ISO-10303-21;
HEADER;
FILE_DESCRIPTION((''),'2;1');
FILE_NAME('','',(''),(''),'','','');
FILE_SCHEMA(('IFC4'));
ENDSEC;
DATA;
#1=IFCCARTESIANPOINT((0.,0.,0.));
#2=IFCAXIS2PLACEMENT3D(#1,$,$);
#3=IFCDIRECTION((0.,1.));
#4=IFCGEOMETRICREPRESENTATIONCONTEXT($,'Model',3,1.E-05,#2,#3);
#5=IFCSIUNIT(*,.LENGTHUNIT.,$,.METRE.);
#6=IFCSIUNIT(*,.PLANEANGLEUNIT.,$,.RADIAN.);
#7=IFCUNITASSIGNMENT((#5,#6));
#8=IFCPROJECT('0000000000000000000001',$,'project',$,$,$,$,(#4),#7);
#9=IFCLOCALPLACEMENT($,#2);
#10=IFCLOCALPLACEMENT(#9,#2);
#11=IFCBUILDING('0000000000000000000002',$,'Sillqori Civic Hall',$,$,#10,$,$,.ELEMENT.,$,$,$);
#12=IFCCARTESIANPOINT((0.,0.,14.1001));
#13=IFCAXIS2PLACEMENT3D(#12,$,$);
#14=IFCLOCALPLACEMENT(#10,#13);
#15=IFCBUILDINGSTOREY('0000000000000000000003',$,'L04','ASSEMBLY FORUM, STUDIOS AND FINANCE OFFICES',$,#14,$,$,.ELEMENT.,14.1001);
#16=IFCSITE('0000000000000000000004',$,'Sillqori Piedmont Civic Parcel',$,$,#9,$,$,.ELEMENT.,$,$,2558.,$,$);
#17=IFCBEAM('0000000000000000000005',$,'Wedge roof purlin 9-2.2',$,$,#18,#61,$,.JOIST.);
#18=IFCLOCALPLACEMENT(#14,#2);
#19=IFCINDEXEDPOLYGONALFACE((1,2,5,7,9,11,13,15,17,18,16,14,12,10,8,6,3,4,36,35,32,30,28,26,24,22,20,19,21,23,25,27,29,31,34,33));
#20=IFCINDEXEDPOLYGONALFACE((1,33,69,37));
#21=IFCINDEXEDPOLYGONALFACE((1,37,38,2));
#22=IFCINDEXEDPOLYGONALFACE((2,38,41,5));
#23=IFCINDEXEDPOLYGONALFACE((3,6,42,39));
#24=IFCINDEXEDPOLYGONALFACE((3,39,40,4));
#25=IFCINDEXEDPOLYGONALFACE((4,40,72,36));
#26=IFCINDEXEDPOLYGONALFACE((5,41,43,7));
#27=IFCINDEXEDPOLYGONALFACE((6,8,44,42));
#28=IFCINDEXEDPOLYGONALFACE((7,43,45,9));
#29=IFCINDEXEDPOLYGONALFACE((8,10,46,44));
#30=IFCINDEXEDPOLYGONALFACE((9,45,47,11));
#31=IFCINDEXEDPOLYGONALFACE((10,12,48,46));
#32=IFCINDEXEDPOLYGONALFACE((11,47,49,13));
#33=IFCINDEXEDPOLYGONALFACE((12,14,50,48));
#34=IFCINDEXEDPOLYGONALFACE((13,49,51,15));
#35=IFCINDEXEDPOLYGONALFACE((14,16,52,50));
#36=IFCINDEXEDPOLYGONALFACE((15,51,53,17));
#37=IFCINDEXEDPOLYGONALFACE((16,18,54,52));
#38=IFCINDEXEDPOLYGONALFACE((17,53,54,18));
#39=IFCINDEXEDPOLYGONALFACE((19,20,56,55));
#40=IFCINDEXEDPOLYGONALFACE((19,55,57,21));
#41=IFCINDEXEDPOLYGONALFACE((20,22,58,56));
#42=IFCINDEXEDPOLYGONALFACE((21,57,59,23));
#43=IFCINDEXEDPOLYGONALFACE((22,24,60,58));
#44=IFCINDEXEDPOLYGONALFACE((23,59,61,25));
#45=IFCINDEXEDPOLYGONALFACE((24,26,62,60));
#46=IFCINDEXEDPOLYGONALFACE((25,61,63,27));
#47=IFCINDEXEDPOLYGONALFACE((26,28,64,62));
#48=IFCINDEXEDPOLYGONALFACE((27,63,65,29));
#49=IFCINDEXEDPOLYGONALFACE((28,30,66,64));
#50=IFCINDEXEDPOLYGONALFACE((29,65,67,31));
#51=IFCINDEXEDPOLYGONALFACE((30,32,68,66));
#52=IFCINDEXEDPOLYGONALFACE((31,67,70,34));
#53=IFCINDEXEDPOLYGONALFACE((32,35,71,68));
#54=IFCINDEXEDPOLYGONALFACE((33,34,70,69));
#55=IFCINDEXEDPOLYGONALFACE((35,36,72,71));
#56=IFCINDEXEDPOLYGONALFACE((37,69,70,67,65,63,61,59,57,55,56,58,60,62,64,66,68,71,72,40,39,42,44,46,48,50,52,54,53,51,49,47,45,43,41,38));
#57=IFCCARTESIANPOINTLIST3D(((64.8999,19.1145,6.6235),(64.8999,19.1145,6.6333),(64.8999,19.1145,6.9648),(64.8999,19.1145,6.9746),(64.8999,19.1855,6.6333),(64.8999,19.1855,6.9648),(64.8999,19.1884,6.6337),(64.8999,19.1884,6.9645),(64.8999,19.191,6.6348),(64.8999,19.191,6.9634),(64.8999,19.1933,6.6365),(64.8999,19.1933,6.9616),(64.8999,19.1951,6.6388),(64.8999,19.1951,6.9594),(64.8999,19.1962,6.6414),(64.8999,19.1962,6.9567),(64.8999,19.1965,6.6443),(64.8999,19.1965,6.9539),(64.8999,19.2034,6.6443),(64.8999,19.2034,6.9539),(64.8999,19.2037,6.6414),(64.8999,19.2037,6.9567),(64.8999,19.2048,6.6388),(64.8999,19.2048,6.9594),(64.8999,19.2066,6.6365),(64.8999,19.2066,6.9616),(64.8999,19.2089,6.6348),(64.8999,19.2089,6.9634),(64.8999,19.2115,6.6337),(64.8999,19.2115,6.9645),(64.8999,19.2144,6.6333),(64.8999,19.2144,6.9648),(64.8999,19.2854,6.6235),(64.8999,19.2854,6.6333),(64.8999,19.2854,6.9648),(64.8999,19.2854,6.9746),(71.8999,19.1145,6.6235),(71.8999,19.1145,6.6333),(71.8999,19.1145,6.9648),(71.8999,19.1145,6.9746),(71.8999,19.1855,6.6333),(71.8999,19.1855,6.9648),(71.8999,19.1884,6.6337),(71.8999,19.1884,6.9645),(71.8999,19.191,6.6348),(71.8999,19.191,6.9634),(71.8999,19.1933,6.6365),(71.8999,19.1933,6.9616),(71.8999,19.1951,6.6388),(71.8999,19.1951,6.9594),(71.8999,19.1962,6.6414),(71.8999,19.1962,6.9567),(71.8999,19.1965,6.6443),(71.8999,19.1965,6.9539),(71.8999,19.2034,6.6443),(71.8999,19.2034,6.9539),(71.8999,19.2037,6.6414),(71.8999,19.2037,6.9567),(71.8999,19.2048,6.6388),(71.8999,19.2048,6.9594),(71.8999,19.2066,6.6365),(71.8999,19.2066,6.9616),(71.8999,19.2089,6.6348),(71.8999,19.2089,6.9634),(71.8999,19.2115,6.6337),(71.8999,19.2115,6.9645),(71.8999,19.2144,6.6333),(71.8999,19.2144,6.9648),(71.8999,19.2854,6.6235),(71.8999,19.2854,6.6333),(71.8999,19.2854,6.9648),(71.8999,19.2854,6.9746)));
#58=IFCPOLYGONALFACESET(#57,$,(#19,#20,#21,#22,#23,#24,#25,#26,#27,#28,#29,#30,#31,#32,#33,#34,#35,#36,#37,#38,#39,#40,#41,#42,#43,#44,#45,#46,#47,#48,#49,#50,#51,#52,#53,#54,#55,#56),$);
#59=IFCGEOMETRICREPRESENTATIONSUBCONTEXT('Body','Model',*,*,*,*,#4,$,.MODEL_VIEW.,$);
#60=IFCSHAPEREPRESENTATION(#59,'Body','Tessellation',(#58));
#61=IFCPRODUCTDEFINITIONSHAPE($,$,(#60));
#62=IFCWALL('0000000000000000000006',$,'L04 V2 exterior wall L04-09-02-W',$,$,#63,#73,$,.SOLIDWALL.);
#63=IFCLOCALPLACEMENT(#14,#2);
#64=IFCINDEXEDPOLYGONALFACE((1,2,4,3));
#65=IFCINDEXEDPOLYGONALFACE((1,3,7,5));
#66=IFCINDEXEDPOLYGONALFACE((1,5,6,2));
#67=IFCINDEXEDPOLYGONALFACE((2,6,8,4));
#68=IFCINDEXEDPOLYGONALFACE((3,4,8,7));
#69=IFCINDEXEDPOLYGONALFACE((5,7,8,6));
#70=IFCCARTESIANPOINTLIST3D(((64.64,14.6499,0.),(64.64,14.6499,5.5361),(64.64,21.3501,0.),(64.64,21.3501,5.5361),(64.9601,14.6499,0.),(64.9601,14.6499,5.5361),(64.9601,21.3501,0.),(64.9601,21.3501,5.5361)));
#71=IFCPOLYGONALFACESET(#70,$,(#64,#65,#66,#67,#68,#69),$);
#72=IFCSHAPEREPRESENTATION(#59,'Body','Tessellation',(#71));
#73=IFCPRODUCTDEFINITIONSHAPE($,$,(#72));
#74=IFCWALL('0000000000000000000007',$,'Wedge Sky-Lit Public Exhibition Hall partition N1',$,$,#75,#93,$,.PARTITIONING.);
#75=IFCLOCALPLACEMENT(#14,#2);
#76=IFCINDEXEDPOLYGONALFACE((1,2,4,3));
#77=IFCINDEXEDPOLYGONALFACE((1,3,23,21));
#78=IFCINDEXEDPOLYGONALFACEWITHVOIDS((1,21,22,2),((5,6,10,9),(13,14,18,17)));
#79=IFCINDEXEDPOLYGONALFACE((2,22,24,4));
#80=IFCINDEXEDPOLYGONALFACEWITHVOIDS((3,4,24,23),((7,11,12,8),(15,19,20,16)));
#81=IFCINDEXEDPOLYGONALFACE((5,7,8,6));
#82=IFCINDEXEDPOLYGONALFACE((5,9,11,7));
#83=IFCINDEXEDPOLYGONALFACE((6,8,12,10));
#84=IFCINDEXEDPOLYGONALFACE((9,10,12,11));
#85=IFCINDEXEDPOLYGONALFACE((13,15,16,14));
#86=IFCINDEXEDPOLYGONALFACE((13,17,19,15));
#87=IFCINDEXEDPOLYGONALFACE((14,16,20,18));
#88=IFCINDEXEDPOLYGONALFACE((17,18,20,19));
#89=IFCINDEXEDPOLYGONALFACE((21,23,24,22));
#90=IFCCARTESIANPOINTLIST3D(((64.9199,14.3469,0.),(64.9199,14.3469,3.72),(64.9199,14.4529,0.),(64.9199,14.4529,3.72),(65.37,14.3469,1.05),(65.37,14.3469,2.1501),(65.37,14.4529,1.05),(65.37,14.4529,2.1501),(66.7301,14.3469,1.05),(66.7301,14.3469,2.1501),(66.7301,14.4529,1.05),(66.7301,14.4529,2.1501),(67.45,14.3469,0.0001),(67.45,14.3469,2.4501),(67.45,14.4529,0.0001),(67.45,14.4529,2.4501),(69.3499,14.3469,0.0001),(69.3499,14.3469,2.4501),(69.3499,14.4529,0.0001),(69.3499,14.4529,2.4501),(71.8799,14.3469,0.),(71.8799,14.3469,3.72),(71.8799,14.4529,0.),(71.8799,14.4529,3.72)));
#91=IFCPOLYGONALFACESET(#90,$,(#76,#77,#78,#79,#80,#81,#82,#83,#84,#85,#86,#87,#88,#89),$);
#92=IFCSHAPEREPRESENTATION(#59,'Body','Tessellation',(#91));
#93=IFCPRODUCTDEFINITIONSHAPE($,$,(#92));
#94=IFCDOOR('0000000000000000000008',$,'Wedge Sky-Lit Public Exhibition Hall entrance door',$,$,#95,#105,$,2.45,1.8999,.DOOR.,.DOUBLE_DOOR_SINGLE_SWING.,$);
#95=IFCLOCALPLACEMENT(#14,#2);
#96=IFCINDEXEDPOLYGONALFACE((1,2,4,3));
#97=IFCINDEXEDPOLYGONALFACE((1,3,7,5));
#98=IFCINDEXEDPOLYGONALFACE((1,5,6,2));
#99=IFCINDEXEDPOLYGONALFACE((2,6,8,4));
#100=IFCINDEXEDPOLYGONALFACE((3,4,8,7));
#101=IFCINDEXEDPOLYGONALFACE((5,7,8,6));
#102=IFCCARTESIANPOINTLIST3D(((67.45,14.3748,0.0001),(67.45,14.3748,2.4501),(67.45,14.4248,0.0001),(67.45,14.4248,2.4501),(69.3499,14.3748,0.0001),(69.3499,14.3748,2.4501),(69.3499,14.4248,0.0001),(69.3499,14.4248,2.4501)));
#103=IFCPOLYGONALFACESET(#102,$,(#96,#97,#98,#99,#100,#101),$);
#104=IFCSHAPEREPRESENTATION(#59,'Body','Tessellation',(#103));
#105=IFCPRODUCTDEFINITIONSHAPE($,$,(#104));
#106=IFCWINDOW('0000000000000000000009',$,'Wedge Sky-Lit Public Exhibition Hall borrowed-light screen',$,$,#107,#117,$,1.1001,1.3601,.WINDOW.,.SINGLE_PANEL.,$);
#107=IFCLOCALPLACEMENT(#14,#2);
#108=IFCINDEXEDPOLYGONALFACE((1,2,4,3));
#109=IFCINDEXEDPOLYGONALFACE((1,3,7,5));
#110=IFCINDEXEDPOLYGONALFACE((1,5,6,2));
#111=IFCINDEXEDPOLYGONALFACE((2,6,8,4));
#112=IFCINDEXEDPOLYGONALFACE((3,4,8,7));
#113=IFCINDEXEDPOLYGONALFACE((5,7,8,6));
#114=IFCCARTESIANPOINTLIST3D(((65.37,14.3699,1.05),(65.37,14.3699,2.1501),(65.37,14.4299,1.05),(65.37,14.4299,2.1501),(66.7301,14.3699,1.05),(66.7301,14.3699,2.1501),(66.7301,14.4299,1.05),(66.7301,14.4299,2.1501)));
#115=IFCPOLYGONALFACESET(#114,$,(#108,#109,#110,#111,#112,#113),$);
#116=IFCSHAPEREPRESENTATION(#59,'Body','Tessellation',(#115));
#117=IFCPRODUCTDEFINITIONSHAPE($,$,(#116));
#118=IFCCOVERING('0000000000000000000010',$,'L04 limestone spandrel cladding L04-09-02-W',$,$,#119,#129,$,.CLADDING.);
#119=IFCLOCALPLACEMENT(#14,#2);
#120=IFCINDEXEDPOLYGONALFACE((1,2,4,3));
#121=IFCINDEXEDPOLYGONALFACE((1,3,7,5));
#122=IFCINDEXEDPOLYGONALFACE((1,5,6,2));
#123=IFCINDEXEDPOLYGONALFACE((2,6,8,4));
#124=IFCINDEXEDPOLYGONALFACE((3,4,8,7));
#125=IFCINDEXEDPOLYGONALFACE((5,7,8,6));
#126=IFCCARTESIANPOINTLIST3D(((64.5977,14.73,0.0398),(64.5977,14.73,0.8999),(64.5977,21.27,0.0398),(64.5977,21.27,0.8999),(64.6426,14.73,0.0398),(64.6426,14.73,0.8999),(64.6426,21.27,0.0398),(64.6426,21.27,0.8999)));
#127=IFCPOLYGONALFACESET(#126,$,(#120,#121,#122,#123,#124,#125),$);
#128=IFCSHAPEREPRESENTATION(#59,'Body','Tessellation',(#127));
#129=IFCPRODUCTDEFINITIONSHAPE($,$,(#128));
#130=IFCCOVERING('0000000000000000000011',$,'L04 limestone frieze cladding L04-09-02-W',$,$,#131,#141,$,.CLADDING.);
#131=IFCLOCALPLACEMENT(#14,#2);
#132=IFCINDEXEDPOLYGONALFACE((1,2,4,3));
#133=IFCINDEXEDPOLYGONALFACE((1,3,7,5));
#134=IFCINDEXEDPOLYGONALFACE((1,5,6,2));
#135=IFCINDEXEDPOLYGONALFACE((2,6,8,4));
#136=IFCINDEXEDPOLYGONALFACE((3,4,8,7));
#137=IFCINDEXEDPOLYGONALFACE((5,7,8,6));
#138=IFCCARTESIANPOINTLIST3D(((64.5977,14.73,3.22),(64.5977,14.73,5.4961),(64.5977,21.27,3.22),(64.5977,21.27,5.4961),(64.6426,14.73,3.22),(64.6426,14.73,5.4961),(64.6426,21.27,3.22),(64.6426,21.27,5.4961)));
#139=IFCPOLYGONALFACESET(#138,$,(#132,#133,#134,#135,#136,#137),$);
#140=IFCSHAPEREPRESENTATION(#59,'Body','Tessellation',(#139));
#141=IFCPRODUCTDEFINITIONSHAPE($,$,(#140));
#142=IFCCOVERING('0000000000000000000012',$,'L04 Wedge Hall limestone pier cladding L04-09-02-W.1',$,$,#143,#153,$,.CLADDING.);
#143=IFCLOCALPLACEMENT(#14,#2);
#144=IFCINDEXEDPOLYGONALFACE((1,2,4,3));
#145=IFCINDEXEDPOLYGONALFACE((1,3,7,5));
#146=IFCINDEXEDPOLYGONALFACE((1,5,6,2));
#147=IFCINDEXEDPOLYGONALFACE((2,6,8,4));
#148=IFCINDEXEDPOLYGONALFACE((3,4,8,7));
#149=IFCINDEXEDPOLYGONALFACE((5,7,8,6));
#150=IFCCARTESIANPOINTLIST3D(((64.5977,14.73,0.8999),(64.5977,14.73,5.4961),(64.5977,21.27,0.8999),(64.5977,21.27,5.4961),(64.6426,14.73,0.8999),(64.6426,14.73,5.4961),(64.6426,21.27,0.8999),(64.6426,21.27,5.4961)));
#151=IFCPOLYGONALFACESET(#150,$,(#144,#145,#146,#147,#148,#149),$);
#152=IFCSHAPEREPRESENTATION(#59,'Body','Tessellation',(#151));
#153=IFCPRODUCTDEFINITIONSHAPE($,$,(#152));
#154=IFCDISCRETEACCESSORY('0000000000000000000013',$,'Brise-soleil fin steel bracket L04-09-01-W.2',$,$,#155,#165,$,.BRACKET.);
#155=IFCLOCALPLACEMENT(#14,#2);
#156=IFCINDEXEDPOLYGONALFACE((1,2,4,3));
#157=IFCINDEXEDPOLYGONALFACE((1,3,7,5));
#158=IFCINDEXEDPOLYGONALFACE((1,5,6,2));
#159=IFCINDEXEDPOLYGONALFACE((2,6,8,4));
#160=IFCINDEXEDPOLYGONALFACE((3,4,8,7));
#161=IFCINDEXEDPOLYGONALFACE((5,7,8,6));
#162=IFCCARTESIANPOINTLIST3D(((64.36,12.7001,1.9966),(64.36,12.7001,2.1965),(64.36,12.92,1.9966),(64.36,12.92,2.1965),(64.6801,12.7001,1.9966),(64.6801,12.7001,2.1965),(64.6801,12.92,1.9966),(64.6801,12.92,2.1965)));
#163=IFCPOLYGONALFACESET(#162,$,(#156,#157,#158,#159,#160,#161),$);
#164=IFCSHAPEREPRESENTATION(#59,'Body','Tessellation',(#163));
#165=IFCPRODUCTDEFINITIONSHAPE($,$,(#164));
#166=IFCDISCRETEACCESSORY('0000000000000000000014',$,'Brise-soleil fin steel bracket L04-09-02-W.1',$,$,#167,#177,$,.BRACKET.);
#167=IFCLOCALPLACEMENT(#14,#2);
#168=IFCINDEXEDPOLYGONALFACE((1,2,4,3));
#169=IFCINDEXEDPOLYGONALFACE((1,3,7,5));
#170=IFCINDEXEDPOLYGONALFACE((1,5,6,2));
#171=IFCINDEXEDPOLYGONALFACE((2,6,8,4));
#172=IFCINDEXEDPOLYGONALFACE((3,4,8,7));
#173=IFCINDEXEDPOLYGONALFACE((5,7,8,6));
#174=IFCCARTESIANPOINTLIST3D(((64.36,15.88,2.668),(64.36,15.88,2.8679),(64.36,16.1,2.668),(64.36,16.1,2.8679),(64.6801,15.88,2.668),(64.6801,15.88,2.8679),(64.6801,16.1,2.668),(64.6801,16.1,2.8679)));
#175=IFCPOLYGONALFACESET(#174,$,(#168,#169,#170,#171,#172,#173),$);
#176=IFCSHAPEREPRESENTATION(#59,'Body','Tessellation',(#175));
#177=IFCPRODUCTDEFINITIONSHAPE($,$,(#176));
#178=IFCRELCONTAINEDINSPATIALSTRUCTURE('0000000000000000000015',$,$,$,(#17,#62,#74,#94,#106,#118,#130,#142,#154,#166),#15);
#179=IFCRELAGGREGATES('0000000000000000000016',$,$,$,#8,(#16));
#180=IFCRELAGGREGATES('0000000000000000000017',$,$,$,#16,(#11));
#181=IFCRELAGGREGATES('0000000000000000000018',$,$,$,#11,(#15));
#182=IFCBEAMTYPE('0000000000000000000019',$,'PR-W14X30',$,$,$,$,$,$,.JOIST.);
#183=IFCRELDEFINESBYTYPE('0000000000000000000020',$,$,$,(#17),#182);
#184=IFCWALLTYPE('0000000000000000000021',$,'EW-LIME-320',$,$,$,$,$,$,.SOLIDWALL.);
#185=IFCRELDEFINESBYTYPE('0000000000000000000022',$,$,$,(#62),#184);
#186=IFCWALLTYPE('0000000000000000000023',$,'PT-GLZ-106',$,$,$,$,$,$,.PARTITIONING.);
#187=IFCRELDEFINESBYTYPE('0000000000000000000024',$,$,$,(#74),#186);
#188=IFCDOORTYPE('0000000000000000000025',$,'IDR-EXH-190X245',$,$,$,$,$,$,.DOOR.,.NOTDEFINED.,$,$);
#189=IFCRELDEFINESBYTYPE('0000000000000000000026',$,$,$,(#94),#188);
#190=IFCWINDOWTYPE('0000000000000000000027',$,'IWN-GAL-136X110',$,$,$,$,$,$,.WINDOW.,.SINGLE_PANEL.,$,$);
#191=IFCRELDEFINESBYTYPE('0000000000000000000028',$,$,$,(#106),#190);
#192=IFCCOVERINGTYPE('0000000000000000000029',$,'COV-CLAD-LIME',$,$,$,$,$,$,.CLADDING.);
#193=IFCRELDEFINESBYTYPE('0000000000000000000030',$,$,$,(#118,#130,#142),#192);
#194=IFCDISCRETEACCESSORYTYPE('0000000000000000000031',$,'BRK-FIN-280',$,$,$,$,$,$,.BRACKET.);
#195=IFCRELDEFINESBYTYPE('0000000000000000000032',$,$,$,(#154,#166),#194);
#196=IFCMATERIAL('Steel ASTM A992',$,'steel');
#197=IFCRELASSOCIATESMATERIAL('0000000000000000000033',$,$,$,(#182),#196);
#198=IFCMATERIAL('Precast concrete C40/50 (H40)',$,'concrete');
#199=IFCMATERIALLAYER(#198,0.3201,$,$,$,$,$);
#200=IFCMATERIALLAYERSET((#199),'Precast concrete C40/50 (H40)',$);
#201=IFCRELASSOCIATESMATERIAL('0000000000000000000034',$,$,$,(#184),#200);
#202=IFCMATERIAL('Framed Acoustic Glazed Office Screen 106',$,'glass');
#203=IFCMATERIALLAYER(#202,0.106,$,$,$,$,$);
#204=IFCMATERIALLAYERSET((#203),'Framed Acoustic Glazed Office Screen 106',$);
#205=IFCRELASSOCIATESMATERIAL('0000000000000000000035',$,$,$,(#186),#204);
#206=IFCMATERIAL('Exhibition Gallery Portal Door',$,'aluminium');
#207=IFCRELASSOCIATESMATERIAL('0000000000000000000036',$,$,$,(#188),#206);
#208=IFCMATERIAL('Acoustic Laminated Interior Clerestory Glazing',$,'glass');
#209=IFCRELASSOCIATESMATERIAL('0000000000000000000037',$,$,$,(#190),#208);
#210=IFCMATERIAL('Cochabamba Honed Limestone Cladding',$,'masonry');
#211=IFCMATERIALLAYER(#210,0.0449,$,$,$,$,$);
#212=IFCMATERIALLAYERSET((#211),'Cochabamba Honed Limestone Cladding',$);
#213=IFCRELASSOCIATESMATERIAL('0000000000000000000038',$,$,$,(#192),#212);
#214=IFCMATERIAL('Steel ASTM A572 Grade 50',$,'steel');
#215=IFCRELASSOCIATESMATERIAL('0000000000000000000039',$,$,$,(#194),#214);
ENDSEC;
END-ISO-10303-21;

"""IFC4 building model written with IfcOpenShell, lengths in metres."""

from ifc_helpers import new_model, si_unit, direction, frame, frame_2d, origin, origin_2d, place, context, subcontext, project, spatial, rectangle, i_section, extrude, material, layer, layer_set, material_profile, profile_set, type_object, element, fill, save


model = new_model("IFC4")

# Units and contexts
model_context = context("Model", 3, precision=1e-05, world=origin(), true_north=direction((0.0, 1.0)))
body_context = subcontext(model_context, "Body", "Model", "MODEL_VIEW")
ifc_project = project(units=[si_unit("LENGTHUNIT", "METRE"), si_unit("PLANEANGLEUNIT", "RADIAN")], contexts=[model_context])

# Site, building, storey
site_placement = place(None, origin())
site = spatial("IfcSite", under=ifc_project, at=site_placement, Name="Sillqori Piedmont Civic Parcel", CompositionType="ELEMENT", RefElevation=2558.0)
building_placement = place(site_placement, origin())
building = spatial("IfcBuilding", under=site, at=building_placement, Name="Sillqori Civic Hall", CompositionType="ELEMENT")
storey_placement = place(building_placement, frame((0.0, 0.0, 14.1001)))
storey = spatial("IfcBuildingStorey", under=building, at=storey_placement, Name="L04", Description="ASSEMBLY FORUM, STUDIOS AND FINANCE OFFICES", CompositionType="ELEMENT", Elevation=14.1001)

# Beam
ifc_material_1 = material(Name="Steel ASTM A992", Category="steel")
ifc_material_profile_1 = material_profile(ifc_material_1, i_section(OverallWidth=0.1709, OverallDepth=0.3511, WebThickness=0.0068, FlangeThickness=0.0098, FilletRadius=0.011, at=origin_2d()), Name="W14X30")
ifc_profile_set_1 = profile_set([ifc_material_profile_1], Name="Steel ASTM A992")
beam_type_1 = type_object("IfcBeamType", Name="PR-W14X30", PredefinedType="JOIST", material=ifc_profile_set_1)
for number, where, z_axis, x_axis, name in (
    (1, (64.8999, 19.2, 6.7991), (1.0, 0.0, 0.0), (0.0, 1.0, 0.0), "Wedge roof purlin 9-2.2"),
):
    element("IfcBeam", number, at=place(storey_placement, frame(where, z_axis=z_axis, x_axis=x_axis)), inside=storey, type_object=beam_type_1, Name=name, PredefinedType="JOIST", context=body_context, shape_type="SweptSolid", body=[
        extrude(i_section(OverallWidth=0.1709, OverallDepth=0.3511, WebThickness=0.0068, FlangeThickness=0.0098, FilletRadius=0.011, at=origin_2d()), origin(), (0.0, 0.0, 1.0), 7.0),
    ])

# Wall
ifc_material_2 = material(Name="Precast concrete C40/50 (H40)", Category="concrete")
ifc_layer_1 = layer(ifc_material_2, 0.3201)
ifc_layer_set_1 = layer_set([ifc_layer_1], Name="Precast concrete C40/50 (H40)")
wall_type_1 = type_object("IfcWallType", Name="EW-LIME-320", PredefinedType="SOLIDWALL", material=ifc_layer_set_1)
wall_1_placement = place(storey_placement, frame((64.8, 14.6499, 0.0), z_axis=(0.0, 0.0, 1.0), x_axis=(0.0, 1.0, 0.0)))
element("IfcWall", 2, at=wall_1_placement, inside=storey, type_object=wall_type_1, Name="L04 V2 exterior wall L04-09-02-W", PredefinedType="SOLIDWALL", context=body_context, shape_type="SweptSolid", body=[
    extrude(rectangle(XDim=6.7002, YDim=0.3201, at=frame_2d((3.3501, 0.0))), origin(), (0.0, 0.0, 1.0), 5.5361),
])

# Wall, openings, door, window
ifc_material_3 = material(Name="Framed Acoustic Glazed Office Screen 106", Category="glass")
ifc_layer_2 = layer(ifc_material_3, 0.106)
ifc_layer_set_2 = layer_set([ifc_layer_2], Name="Framed Acoustic Glazed Office Screen 106")
wall_type_2 = type_object("IfcWallType", Name="PT-GLZ-106", PredefinedType="PARTITIONING", material=ifc_layer_set_2)
wall_2_placement = place(storey_placement, frame((64.9199, 14.3999, 0.0), z_axis=(0.0, 0.0, 1.0), x_axis=(1.0, 0.0, 0.0)))
wall_2 = element("IfcWall", 3, at=wall_2_placement, inside=storey, type_object=wall_type_2, Name="Wedge Sky-Lit Public Exhibition Hall partition N1", PredefinedType="PARTITIONING", context=body_context, shape_type="SweptSolid", body=[
    extrude(rectangle(XDim=6.96, YDim=0.106, at=frame_2d((3.48, 0.0))), origin(), (0.0, 0.0, 1.0), 3.72),
])
opening_1_placement = place(wall_2_placement, frame((2.53, 0.0, 0.0)))
opening_1 = element("IfcOpeningElement", 4, at=opening_1_placement, cuts=wall_2, PredefinedType="OPENING", context=body_context, shape_type="SweptSolid", body=[
    extrude(rectangle(XDim=1.8999, YDim=2.45, at=frame_2d((0.95, 1.2251))), frame((0.0, 0.063, 0.0), z_axis=(0.0, -1.0, 0.0), x_axis=(1.0, 0.0, 0.0)), (0.0, 0.0, 1.0), 0.126),
])
opening_2_placement = place(wall_2_placement, frame((0.45, 0.0, 1.05)))
opening_2 = element("IfcOpeningElement", 5, at=opening_2_placement, cuts=wall_2, PredefinedType="OPENING", context=body_context, shape_type="SweptSolid", body=[
    extrude(rectangle(XDim=1.3601, YDim=1.1001, at=frame_2d((0.6802, 0.55))), frame((0.0, 0.063, 0.0), z_axis=(0.0, -1.0, 0.0), x_axis=(1.0, 0.0, 0.0)), (0.0, 0.0, 1.0), 0.126),
])
ifc_material_4 = material(Name="Exhibition Gallery Portal Door", Category="aluminium")
door_type = type_object("IfcDoorType", Name="IDR-EXH-190X245", OperationType="NOTDEFINED", PredefinedType="DOOR", material=ifc_material_4)
door_placement = place(opening_1_placement, origin())
door = element("IfcDoor", 6, at=door_placement, inside=storey, type_object=door_type, Name="Wedge Sky-Lit Public Exhibition Hall entrance door", OperationType="DOUBLE_DOOR_SINGLE_SWING", OverallHeight=2.45, OverallWidth=1.8999, PredefinedType="DOOR", context=body_context, shape_type="SweptSolid", body=[
    extrude(rectangle(XDim=1.8999, YDim=2.45, at=frame_2d((0.95, 1.2251))), frame((0.0, 0.0249, 0.0), z_axis=(0.0, -1.0, 0.0), x_axis=(1.0, 0.0, 0.0)), (0.0, 0.0, 1.0), 0.05),
])
fill(opening_1, door)
ifc_material_5 = material(Name="Acoustic Laminated Interior Clerestory Glazing", Category="glass")
window_type = type_object("IfcWindowType", Name="IWN-GAL-136X110", PartitioningType="SINGLE_PANEL", PredefinedType="WINDOW", material=ifc_material_5)
window_placement = place(opening_2_placement, origin())
window = element("IfcWindow", 7, at=window_placement, inside=storey, type_object=window_type, Name="Wedge Sky-Lit Public Exhibition Hall borrowed-light screen", OverallHeight=1.1001, OverallWidth=1.3601, PartitioningType="SINGLE_PANEL", PredefinedType="WINDOW", context=body_context, shape_type="SweptSolid", body=[
    extrude(rectangle(XDim=1.3601, YDim=1.1001, at=frame_2d((0.6802, 0.55))), frame((0.0, 0.03, 0.0), z_axis=(0.0, -1.0, 0.0), x_axis=(1.0, 0.0, 0.0)), (0.0, 0.0, 1.0), 0.0601),
])
fill(opening_2, window)

# Coverings
ifc_material_6 = material(Name="Cochabamba Honed Limestone Cladding", Category="masonry")
ifc_layer_3 = layer(ifc_material_6, 0.0449)
ifc_layer_set_3 = layer_set([ifc_layer_3], Name="Cochabamba Honed Limestone Cladding")
covering_type = type_object("IfcCoveringType", Name="COV-CLAD-LIME", PredefinedType="CLADDING", material=ifc_layer_set_3)
covering_1_placement = place(storey_placement, frame((64.6201, 14.73, 0.0398), z_axis=(0.0, 0.0, 1.0), x_axis=(0.0, 1.0, 0.0)))
element("IfcCovering", 8, at=covering_1_placement, inside=storey, type_object=covering_type, Name="L04 limestone spandrel cladding L04-09-02-W", PredefinedType="CLADDING", context=body_context, shape_type="SweptSolid", body=[
    extrude(rectangle(XDim=6.54, YDim=0.0449, at=frame_2d((3.27, 0.0))), origin(), (0.0, 0.0, 1.0), 0.8601),
])
covering_2_placement = place(storey_placement, frame((64.6201, 14.73, 3.22), z_axis=(0.0, 0.0, 1.0), x_axis=(0.0, 1.0, 0.0)))
element("IfcCovering", 9, at=covering_2_placement, inside=storey, type_object=covering_type, Name="L04 limestone frieze cladding L04-09-02-W", PredefinedType="CLADDING", context=body_context, shape_type="SweptSolid", body=[
    extrude(rectangle(XDim=6.54, YDim=0.0449, at=frame_2d((3.27, 0.0))), origin(), (0.0, 0.0, 1.0), 2.2761),
])
covering_3_placement = place(storey_placement, frame((64.6201, 14.73, 0.8999), z_axis=(0.0, 0.0, 1.0), x_axis=(0.0, 1.0, 0.0)))
element("IfcCovering", 10, at=covering_3_placement, inside=storey, type_object=covering_type, Name="L04 Wedge Hall limestone pier cladding L04-09-02-W.1", PredefinedType="CLADDING", context=body_context, shape_type="SweptSolid", body=[
    extrude(rectangle(XDim=6.54, YDim=0.0449, at=frame_2d((3.27, 0.0))), origin(), (0.0, 0.0, 1.0), 4.5962),
])

# Discrete accessories
ifc_material_7 = material(Name="Steel ASTM A572 Grade 50", Category="steel")
discrete_accessory_type = type_object("IfcDiscreteAccessoryType", Name="BRK-FIN-280", PredefinedType="BRACKET", material=ifc_material_7)
for number, where, z_axis, x_axis, name in (
    (11, (64.52, 12.8101, 1.9966), (0.0, 0.0, 1.0), (0.0, 1.0, 0.0), "Brise-soleil fin steel bracket L04-09-01-W.2"),
    (12, (64.52, 15.99, 2.668), (0.0, 0.0, 1.0), (0.0, 1.0, 0.0), "Brise-soleil fin steel bracket L04-09-02-W.1"),
):
    element("IfcDiscreteAccessory", number, at=place(storey_placement, frame(where, z_axis=z_axis, x_axis=x_axis)), inside=storey, type_object=discrete_accessory_type, Name=name, PredefinedType="BRACKET", context=body_context, shape_type="SweptSolid", body=[
        extrude(rectangle(XDim=0.22, YDim=0.3201, at=origin_2d()), origin(), (0.0, 0.0, 1.0), 0.2),
    ])

save(model, "model.ifc")
